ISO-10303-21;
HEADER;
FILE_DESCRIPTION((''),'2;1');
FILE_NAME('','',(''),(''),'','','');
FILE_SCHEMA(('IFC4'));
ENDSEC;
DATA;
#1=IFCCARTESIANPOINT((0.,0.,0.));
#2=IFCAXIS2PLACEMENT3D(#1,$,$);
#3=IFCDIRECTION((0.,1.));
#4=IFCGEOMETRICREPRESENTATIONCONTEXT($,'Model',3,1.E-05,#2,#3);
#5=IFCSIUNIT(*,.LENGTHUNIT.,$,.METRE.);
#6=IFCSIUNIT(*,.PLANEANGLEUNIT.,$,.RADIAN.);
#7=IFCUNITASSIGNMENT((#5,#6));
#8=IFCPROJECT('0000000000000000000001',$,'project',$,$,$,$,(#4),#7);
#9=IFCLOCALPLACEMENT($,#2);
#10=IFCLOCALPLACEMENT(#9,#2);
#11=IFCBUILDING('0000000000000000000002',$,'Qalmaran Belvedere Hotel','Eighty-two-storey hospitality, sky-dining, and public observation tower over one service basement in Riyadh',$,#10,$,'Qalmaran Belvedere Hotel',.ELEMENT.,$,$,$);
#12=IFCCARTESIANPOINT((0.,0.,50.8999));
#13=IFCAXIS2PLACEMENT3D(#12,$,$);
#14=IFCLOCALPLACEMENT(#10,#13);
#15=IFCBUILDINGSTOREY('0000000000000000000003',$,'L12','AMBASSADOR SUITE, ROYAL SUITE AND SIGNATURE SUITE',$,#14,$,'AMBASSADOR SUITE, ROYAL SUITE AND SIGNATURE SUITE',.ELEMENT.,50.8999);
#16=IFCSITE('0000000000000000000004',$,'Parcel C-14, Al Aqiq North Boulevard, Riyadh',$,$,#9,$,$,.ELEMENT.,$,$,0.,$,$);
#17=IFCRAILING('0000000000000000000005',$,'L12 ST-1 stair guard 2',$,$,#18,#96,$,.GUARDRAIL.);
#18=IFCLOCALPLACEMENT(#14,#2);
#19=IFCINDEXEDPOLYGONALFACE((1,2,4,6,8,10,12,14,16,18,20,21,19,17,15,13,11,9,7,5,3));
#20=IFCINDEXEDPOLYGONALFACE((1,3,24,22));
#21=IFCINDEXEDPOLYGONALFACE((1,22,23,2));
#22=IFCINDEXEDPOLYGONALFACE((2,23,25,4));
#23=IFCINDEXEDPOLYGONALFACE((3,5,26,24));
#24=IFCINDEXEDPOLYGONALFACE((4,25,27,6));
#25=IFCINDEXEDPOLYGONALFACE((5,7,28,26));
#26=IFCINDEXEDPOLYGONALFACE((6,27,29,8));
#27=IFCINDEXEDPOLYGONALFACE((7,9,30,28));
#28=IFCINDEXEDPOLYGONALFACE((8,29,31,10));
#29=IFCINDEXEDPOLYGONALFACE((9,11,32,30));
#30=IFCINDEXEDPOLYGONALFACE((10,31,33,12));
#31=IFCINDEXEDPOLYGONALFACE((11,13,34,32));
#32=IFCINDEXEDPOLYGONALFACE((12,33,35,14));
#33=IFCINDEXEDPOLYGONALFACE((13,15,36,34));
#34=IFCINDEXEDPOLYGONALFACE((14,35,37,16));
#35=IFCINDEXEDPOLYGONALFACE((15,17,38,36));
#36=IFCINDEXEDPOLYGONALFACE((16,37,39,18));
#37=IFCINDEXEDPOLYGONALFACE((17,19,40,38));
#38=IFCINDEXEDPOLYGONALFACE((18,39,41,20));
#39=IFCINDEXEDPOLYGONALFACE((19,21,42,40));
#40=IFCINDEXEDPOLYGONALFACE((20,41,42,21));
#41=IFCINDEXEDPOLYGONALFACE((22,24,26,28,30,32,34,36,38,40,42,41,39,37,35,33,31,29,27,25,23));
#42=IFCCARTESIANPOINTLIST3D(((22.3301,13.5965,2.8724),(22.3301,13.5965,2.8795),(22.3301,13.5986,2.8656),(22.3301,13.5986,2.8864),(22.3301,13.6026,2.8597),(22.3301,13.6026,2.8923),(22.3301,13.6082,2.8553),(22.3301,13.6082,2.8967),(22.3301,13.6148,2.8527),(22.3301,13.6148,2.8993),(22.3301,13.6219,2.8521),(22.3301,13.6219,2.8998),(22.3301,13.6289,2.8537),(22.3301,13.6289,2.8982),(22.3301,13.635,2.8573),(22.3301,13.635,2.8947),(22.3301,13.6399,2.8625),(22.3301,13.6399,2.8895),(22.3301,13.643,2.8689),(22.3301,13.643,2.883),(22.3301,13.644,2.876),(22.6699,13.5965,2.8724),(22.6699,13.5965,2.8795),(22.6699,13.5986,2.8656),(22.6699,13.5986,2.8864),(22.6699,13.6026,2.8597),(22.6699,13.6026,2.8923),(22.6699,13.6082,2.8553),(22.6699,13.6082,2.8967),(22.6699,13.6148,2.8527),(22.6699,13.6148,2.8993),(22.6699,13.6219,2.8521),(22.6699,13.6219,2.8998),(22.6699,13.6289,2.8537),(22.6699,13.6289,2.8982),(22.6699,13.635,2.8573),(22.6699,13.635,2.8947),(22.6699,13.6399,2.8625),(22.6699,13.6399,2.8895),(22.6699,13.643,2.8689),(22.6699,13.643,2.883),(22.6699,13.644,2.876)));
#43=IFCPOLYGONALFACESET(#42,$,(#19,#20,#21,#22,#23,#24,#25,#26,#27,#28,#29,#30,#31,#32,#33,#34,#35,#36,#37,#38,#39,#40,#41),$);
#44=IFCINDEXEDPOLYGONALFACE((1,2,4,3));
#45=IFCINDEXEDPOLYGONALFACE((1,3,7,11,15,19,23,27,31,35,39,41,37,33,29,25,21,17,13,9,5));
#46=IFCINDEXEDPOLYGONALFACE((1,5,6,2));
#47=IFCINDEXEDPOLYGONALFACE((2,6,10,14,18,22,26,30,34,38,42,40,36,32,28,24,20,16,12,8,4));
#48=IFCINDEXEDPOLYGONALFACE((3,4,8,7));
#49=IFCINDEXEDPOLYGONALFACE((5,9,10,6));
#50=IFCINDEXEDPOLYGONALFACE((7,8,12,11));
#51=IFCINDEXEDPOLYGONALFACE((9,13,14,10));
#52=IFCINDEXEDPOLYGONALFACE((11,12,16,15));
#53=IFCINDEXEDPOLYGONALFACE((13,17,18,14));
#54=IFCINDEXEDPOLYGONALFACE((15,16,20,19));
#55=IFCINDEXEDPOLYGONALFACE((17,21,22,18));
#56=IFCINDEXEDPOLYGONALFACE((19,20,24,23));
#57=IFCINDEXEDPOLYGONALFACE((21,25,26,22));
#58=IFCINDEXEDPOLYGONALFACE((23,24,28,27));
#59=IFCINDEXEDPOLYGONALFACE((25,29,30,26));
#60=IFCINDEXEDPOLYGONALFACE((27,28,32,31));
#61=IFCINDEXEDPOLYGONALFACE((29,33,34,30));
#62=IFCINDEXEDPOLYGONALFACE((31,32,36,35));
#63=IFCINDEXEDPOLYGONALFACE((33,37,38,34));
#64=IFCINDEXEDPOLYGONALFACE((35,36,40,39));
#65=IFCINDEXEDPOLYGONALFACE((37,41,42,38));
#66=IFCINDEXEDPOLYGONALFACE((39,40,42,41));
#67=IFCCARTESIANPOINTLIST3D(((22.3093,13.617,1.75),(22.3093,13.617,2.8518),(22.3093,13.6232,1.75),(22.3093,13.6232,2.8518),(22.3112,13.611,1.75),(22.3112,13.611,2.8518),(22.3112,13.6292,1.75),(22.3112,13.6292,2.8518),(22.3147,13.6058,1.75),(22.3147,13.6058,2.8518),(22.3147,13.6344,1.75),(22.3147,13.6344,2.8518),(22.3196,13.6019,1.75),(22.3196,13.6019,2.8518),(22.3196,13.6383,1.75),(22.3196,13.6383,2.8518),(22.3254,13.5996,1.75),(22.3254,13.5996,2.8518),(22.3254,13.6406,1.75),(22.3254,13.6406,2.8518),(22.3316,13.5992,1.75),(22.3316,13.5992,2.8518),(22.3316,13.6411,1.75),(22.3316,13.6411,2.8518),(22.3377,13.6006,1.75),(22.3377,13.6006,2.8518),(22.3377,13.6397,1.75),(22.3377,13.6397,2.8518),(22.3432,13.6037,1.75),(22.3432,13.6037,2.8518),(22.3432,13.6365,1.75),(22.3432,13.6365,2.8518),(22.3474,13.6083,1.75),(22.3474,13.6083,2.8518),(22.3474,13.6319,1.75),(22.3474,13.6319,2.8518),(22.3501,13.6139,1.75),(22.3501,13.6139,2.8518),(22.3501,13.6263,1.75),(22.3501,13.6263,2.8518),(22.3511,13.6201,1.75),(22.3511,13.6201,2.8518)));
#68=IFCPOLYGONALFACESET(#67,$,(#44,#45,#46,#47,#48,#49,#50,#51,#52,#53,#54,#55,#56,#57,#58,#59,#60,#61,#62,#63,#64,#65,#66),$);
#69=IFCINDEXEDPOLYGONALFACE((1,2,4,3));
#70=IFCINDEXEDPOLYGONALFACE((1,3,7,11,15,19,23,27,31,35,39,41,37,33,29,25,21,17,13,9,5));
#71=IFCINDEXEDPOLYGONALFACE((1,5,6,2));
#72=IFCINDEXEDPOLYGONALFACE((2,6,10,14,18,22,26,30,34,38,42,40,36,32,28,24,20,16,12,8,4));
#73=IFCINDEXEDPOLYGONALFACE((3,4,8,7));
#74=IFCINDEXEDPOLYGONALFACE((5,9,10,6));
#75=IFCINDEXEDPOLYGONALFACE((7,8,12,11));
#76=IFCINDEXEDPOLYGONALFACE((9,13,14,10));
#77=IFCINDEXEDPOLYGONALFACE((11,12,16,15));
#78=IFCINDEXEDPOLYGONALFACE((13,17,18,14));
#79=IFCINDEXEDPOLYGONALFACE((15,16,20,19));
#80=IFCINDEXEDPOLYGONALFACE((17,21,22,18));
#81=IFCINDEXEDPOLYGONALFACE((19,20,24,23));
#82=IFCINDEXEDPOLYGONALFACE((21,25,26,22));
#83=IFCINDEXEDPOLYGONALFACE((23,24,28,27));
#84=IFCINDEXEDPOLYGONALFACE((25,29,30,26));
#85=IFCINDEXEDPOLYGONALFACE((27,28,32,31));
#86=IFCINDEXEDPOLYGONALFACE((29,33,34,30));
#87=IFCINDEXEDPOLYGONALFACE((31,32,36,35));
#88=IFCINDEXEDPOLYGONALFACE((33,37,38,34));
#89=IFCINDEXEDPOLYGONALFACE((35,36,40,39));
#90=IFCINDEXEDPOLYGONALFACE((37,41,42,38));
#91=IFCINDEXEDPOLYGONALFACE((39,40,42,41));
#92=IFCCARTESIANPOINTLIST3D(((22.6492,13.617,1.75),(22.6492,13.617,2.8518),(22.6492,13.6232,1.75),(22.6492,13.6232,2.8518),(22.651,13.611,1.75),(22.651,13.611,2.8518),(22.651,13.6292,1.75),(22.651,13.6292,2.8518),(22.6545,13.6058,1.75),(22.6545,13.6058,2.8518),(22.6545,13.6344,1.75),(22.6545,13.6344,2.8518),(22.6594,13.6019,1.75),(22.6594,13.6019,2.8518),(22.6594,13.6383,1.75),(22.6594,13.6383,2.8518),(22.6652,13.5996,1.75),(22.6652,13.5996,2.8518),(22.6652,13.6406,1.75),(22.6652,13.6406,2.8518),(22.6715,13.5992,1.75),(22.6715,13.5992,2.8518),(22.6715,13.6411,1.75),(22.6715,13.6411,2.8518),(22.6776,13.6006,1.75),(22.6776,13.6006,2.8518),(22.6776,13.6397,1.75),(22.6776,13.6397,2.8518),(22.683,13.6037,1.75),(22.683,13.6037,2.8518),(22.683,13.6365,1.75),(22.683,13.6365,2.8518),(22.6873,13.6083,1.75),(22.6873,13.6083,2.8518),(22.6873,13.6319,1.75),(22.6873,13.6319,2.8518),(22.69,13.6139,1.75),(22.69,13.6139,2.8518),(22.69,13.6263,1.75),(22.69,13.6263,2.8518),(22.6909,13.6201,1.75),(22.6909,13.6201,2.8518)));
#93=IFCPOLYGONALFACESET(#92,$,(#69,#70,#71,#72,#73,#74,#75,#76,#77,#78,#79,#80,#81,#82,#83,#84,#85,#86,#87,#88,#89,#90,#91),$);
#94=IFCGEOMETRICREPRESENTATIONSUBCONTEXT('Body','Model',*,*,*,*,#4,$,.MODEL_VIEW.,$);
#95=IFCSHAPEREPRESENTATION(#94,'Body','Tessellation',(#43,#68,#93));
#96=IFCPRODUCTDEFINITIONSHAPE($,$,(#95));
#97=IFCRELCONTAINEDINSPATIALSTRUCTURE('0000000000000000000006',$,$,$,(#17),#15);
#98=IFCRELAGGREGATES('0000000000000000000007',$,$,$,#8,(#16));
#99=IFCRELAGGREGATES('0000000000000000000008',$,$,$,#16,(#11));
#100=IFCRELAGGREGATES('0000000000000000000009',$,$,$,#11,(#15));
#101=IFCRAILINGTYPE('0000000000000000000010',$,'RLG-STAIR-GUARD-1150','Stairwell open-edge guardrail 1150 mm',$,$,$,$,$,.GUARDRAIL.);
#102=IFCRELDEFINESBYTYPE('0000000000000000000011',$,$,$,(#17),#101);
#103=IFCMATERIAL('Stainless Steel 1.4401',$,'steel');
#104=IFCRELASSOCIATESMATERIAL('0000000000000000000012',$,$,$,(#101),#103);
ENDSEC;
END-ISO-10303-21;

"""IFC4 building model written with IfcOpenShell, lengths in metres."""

from ifc_helpers import new_model, si_unit, direction, frame, origin, origin_2d, place, context, subcontext, project, spatial, circle, extrude, material, type_object, element, save


model = new_model("IFC4")

# Units and contexts
model_context = context("Model", 3, precision=1e-05, world=origin(), true_north=direction((0.0, 1.0)))
body_context = subcontext(model_context, "Body", "Model", "MODEL_VIEW")
ifc_project = project(units=[si_unit("LENGTHUNIT", "METRE"), si_unit("PLANEANGLEUNIT", "RADIAN")], contexts=[model_context])

# Site, building, storey
site_placement = place(None, origin())
site = spatial("IfcSite", under=ifc_project, at=site_placement, Name="Parcel C-14, Al Aqiq North Boulevard, Riyadh", CompositionType="ELEMENT", RefElevation=0.0)
building_placement = place(site_placement, origin())
building = spatial("IfcBuilding", under=site, at=building_placement, Name="Qalmaran Belvedere Hotel", Description="Eighty-two-storey hospitality, sky-dining, and public observation tower over one service basement in Riyadh", LongName="Qalmaran Belvedere Hotel", CompositionType="ELEMENT")
storey_placement = place(building_placement, frame((0.0, 0.0, 50.8999)))
storey = spatial("IfcBuildingStorey", under=building, at=storey_placement, Name="L12", Description="AMBASSADOR SUITE, ROYAL SUITE AND SIGNATURE SUITE", LongName="AMBASSADOR SUITE, ROYAL SUITE AND SIGNATURE SUITE", CompositionType="ELEMENT", Elevation=50.8999)

# Shared definitions
ifc_material_1 = material(Name="Stainless Steel 1.4401", Category="steel")

# Railing
railing_type_1 = type_object("IfcRailingType", Name="RLG-STAIR-GUARD-1150", Description="Stairwell open-edge guardrail 1150 mm", PredefinedType="GUARDRAIL", material=ifc_material_1)
railing_1_placement = place(storey_placement, frame((22.3301, 13.6201, 1.75)))
element("IfcRailing", 1, at=railing_1_placement, inside=storey, type_object=railing_type_1, Name="L12 ST-1 stair guard 2", PredefinedType="GUARDRAIL", context=body_context, shape_type="SweptSolid", body=[
    extrude(circle(Radius=0.0239, at=origin_2d()), frame((0.0, 0.0, 1.126), z_axis=(1.0, 0.0, 0.0), x_axis=(0.0, 1.0, 0.0)), (0.0, 0.0, 1.0), 0.3398),
    extrude(circle(Radius=0.021, at=origin_2d()), origin(), (0.0, 0.0, 1.0), 1.1018),
    extrude(circle(Radius=0.021, at=origin_2d()), frame((0.3398, 0.0, 0.0)), (0.0, 0.0, 1.0), 1.1018),
])

save(model, "model.ifc")
